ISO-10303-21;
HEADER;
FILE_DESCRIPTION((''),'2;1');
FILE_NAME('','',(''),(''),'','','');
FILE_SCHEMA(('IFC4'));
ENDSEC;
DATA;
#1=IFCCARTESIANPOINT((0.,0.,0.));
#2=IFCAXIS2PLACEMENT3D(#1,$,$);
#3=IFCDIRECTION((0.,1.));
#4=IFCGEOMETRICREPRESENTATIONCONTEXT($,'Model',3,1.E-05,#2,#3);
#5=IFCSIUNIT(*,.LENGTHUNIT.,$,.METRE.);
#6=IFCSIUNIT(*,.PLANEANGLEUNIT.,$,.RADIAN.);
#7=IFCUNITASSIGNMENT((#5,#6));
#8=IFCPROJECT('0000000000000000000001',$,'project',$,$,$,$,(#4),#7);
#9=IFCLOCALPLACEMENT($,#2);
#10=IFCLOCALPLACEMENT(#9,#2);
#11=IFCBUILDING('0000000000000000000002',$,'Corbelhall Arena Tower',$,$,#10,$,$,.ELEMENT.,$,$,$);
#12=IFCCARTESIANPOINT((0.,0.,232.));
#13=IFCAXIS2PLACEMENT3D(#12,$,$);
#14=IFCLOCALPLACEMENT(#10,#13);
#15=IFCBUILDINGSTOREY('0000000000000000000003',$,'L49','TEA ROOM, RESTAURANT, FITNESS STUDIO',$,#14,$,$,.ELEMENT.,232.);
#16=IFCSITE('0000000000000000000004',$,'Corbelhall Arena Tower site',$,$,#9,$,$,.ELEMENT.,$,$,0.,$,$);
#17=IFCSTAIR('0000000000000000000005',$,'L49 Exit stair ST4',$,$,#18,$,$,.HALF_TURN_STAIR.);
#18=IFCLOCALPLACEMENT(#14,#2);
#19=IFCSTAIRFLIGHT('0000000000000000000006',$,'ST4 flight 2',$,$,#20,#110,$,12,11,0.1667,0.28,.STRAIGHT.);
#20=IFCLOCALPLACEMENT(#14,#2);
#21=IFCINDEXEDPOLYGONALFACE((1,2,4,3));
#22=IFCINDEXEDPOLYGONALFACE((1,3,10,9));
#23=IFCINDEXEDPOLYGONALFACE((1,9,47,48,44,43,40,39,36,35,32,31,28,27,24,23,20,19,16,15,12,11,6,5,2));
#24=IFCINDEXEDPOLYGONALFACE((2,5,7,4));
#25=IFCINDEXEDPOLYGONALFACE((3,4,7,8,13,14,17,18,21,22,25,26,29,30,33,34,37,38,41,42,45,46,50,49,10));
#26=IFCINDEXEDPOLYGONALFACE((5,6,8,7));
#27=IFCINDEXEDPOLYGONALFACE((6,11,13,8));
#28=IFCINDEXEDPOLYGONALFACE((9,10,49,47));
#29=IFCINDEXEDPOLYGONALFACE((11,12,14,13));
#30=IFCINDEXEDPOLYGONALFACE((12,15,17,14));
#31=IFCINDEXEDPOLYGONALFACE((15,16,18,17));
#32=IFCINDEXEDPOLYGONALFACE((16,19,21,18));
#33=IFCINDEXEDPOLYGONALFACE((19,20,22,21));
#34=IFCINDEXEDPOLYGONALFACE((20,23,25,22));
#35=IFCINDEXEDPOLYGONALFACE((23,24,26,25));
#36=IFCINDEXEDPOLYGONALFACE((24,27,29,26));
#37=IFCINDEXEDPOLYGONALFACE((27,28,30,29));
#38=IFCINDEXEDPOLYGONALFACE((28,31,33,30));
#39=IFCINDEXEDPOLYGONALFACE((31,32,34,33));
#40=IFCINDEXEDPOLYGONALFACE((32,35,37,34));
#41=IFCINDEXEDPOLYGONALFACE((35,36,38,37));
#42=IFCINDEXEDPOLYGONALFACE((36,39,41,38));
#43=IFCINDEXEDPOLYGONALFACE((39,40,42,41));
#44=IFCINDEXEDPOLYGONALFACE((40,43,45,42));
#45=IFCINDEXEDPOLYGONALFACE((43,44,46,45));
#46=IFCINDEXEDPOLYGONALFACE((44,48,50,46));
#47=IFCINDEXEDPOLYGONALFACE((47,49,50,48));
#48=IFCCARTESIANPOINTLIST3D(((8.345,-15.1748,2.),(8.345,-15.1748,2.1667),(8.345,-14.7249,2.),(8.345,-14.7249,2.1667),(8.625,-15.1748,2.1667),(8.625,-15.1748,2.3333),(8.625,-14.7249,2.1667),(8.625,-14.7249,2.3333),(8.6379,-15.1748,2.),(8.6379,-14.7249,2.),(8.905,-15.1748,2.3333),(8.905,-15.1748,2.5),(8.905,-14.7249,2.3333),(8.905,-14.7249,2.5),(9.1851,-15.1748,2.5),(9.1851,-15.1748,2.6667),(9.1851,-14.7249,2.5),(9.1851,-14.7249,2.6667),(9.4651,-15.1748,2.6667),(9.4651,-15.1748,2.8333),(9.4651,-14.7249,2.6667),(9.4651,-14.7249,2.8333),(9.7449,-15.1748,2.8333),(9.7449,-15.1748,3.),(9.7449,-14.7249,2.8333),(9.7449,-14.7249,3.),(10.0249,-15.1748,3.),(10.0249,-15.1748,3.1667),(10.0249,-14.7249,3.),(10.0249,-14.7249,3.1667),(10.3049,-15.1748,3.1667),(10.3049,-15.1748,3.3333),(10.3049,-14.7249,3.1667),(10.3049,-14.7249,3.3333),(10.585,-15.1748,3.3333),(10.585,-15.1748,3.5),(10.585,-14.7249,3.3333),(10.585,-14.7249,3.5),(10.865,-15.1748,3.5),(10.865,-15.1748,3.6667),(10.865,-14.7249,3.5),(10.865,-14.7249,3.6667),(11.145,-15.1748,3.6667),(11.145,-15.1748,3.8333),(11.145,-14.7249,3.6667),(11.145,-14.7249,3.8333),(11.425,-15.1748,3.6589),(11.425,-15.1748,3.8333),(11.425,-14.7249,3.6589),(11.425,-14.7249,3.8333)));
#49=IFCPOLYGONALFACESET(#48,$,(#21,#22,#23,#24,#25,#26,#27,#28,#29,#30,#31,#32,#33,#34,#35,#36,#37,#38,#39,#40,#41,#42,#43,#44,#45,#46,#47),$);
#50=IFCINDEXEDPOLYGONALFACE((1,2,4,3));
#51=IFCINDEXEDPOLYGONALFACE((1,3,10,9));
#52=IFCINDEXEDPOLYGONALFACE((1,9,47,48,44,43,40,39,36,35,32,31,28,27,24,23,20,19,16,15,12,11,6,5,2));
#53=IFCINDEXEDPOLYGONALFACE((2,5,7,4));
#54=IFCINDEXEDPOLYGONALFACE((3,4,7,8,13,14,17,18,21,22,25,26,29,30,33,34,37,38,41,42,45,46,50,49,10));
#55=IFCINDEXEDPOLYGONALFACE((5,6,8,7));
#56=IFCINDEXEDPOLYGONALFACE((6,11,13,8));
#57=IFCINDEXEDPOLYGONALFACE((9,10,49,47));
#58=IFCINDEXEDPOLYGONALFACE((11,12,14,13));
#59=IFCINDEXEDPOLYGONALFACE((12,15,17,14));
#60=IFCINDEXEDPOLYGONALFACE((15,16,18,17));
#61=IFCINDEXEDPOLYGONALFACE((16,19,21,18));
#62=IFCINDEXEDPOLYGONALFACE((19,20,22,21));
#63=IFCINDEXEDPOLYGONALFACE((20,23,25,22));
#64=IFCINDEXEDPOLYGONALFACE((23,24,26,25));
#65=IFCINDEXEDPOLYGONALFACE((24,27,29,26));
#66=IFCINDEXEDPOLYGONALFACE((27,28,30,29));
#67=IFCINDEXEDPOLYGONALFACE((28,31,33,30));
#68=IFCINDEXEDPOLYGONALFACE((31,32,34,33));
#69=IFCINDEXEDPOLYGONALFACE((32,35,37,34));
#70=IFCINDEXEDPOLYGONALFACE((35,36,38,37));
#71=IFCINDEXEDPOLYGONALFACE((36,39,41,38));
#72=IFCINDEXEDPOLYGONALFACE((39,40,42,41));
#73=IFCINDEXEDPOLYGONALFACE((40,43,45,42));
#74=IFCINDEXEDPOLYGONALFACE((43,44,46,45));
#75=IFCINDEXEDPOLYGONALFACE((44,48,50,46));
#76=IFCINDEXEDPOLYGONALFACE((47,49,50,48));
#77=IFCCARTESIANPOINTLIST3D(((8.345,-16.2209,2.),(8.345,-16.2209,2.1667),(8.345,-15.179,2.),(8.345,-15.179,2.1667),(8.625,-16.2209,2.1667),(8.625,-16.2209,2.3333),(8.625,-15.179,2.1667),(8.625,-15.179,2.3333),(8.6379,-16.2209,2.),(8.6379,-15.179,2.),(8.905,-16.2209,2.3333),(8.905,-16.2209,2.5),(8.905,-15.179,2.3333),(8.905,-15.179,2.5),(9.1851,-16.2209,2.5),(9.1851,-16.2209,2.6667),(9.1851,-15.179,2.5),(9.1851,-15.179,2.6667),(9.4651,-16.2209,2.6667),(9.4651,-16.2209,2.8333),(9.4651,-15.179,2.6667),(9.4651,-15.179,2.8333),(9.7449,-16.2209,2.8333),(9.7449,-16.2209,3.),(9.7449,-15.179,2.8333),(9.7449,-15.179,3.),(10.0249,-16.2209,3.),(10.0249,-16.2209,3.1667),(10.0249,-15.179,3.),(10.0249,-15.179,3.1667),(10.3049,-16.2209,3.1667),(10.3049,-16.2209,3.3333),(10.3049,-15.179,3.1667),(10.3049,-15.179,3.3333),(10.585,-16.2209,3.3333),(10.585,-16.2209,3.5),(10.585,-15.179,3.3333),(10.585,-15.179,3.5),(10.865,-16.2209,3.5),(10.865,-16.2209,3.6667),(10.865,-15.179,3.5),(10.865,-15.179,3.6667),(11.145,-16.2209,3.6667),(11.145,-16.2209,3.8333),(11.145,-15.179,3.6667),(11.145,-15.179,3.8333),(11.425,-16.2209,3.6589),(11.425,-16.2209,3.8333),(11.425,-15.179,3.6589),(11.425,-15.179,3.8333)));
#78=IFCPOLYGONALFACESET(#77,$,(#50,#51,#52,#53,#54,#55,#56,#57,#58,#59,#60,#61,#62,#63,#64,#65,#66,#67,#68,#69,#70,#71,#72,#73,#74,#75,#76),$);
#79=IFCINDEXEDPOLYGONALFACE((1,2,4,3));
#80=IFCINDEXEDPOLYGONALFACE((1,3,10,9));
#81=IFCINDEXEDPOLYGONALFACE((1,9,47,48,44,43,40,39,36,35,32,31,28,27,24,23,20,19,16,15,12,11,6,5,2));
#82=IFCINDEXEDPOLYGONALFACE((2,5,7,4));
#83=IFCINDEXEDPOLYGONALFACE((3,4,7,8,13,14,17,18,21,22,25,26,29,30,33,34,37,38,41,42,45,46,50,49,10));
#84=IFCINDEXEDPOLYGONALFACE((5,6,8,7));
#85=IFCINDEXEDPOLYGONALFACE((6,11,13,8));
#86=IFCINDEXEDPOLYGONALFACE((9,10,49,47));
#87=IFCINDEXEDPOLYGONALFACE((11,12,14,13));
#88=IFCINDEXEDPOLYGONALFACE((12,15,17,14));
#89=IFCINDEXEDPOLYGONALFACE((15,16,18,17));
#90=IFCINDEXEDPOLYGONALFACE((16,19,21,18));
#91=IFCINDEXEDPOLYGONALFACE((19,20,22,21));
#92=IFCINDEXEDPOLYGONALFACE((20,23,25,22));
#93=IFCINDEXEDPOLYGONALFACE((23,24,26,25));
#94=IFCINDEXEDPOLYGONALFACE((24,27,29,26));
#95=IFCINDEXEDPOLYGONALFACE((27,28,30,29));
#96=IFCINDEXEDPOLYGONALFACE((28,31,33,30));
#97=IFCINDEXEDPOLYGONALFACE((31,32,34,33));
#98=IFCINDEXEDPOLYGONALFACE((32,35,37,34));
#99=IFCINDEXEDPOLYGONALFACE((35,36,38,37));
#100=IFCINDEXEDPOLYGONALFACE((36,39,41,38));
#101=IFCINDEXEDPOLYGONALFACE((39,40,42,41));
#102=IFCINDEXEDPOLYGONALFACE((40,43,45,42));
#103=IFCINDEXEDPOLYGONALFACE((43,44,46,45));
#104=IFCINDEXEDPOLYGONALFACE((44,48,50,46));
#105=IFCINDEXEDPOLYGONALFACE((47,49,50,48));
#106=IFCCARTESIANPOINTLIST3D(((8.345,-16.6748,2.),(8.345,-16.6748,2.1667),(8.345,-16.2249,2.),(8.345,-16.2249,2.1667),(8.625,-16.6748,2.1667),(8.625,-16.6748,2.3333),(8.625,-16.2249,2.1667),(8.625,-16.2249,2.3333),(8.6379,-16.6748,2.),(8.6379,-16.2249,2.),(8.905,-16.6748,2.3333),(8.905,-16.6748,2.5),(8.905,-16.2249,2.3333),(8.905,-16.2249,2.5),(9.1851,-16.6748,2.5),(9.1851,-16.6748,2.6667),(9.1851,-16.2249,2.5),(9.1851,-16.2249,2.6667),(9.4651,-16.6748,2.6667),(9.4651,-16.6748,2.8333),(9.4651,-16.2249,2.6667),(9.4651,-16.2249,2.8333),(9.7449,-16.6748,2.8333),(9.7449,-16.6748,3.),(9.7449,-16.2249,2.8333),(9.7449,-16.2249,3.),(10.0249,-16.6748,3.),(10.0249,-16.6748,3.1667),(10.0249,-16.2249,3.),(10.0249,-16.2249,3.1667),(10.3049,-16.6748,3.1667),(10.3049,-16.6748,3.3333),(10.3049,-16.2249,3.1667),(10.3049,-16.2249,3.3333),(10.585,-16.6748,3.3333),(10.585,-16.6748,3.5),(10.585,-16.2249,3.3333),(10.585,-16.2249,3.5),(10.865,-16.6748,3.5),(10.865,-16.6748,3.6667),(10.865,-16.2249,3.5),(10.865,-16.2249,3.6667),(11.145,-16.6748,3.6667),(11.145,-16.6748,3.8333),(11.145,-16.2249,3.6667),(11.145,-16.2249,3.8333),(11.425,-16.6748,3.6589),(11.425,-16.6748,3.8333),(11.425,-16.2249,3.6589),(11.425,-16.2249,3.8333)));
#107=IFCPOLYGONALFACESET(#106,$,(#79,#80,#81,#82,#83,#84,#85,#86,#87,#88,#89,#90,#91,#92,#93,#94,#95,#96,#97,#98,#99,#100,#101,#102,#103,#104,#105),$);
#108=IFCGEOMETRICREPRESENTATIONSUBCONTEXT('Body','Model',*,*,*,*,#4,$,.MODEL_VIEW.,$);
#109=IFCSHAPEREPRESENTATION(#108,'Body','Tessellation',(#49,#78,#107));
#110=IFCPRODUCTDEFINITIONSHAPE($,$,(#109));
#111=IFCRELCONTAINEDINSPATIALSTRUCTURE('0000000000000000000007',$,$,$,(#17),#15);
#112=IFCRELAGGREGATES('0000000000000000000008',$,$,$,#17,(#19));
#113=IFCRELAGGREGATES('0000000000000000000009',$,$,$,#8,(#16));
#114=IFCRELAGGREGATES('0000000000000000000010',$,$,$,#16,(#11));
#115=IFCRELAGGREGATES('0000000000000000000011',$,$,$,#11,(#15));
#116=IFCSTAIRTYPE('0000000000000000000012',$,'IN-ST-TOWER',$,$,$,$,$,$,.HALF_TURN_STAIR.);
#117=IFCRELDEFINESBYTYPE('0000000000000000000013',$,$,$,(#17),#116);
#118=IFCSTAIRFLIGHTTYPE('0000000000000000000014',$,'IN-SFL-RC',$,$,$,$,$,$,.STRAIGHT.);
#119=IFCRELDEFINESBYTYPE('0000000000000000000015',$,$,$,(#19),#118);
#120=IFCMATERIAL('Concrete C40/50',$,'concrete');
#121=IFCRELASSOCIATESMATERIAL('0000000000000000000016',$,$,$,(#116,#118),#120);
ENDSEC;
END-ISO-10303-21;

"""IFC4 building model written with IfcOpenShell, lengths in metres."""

from ifc_helpers import new_model, si_unit, direction, frame, origin, place, context, subcontext, project, spatial, polyline, outline, extrude, material, type_object, element, aggregate, save


model = new_model("IFC4")

# Units and contexts
model_context = context("Model", 3, precision=1e-05, world=origin(), true_north=direction((0.0, 1.0)))
body_context = subcontext(model_context, "Body", "Model", "MODEL_VIEW")
ifc_project = project(units=[si_unit("LENGTHUNIT", "METRE"), si_unit("PLANEANGLEUNIT", "RADIAN")], contexts=[model_context])

# Site, building, storey
site_placement = place(None, origin())
site = spatial("IfcSite", under=ifc_project, at=site_placement, Name="Corbelhall Arena Tower site", CompositionType="ELEMENT", RefElevation=0.0)
building_placement = place(site_placement, origin())
building = spatial("IfcBuilding", under=site, at=building_placement, Name="Corbelhall Arena Tower", CompositionType="ELEMENT")
storey_placement = place(building_placement, frame((0.0, 0.0, 232.0)))
storey = spatial("IfcBuildingStorey", under=building, at=storey_placement, Name="L49", Description="TEA ROOM, RESTAURANT, FITNESS STUDIO", CompositionType="ELEMENT", Elevation=232.0)

# Shared definitions
ifc_material_1 = material(Name="Concrete C40/50", Category="concrete")

# Stair, stair flight
stair_type = type_object("IfcStairType", Name="IN-ST-TOWER", PredefinedType="HALF_TURN_STAIR", material=ifc_material_1)
stair_placement = place(storey_placement, origin())
stair = element("IfcStair", 1, at=stair_placement, inside=storey, type_object=stair_type, Name="L49 Exit stair ST4", PredefinedType="HALF_TURN_STAIR")
stair_flight_type = type_object("IfcStairFlightType", Name="IN-SFL-RC", PredefinedType="STRAIGHT", material=ifc_material_1)
stair_flight_placement = place(storey_placement, frame((8.345, -15.7, 2.0), z_axis=(0.0, 0.0, 1.0), x_axis=(1.0, 0.0, 0.0)))
stair_flight = element("IfcStairFlight", 2, at=stair_flight_placement, type_object=stair_flight_type, Name="ST4 flight 2", NumberOfRisers=12, NumberOfTreads=11, PredefinedType="STRAIGHT", RiserHeight=0.1667, TreadLength=0.28, context=body_context, shape_type="SweptSolid", body=[
    extrude(outline(polyline([(0.0, 0.0), (0.0, 0.1667), (0.28, 0.1667), (0.28, 0.3333), (0.5601, 0.3333), (0.5601, 0.5), (0.8401, 0.5), (0.8401, 0.6667), (1.1201, 0.6667), (1.1201, 0.8333), (1.3999, 0.8333), (1.3999, 1.0), (1.6799, 1.0), (1.6799, 1.1667), (1.96, 1.1667), (1.96, 1.3333), (2.24, 1.3333), (2.24, 1.5), (2.52, 1.5), (2.52, 1.6667), (2.8, 1.6667), (2.8, 1.8333), (3.0801, 1.8333), (3.0801, 2.0), (3.0801, 1.6589), (0.293, 0.0), (0.0, 0.0)])), frame((0.0, 0.9751, 0.0), z_axis=(0.0, -1.0, 0.0), x_axis=(1.0, 0.0, 0.0)), (0.0, 0.0, 1.0), 0.45),
    extrude(outline(polyline([(0.0, 0.0), (0.0, 0.1667), (0.28, 0.1667), (0.28, 0.3333), (0.5601, 0.3333), (0.5601, 0.5), (0.8401, 0.5), (0.8401, 0.6667), (1.1201, 0.6667), (1.1201, 0.8333), (1.3999, 0.8333), (1.3999, 1.0), (1.6799, 1.0), (1.6799, 1.1667), (1.96, 1.1667), (1.96, 1.3333), (2.24, 1.3333), (2.24, 1.5), (2.52, 1.5), (2.52, 1.6667), (2.8, 1.6667), (2.8, 1.8333), (3.0801, 1.8333), (3.0801, 2.0), (3.0801, 1.6589), (0.293, 0.0), (0.0, 0.0)])), frame((0.0, 0.521, 0.0), z_axis=(0.0, -1.0, 0.0), x_axis=(1.0, 0.0, 0.0)), (0.0, 0.0, 1.0), 1.042),
    extrude(outline(polyline([(0.0, 0.0), (0.0, 0.1667), (0.28, 0.1667), (0.28, 0.3333), (0.5601, 0.3333), (0.5601, 0.5), (0.8401, 0.5), (0.8401, 0.6667), (1.1201, 0.6667), (1.1201, 0.8333), (1.3999, 0.8333), (1.3999, 1.0), (1.6799, 1.0), (1.6799, 1.1667), (1.96, 1.1667), (1.96, 1.3333), (2.24, 1.3333), (2.24, 1.5), (2.52, 1.5), (2.52, 1.6667), (2.8, 1.6667), (2.8, 1.8333), (3.0801, 1.8333), (3.0801, 2.0), (3.0801, 1.6589), (0.293, 0.0), (0.0, 0.0)])), frame((0.0, -0.5249, 0.0), z_axis=(0.0, -1.0, 0.0), x_axis=(1.0, 0.0, 0.0)), (0.0, 0.0, 1.0), 0.45),
])
aggregate(stair, [stair_flight])

save(model, "model.ifc")
